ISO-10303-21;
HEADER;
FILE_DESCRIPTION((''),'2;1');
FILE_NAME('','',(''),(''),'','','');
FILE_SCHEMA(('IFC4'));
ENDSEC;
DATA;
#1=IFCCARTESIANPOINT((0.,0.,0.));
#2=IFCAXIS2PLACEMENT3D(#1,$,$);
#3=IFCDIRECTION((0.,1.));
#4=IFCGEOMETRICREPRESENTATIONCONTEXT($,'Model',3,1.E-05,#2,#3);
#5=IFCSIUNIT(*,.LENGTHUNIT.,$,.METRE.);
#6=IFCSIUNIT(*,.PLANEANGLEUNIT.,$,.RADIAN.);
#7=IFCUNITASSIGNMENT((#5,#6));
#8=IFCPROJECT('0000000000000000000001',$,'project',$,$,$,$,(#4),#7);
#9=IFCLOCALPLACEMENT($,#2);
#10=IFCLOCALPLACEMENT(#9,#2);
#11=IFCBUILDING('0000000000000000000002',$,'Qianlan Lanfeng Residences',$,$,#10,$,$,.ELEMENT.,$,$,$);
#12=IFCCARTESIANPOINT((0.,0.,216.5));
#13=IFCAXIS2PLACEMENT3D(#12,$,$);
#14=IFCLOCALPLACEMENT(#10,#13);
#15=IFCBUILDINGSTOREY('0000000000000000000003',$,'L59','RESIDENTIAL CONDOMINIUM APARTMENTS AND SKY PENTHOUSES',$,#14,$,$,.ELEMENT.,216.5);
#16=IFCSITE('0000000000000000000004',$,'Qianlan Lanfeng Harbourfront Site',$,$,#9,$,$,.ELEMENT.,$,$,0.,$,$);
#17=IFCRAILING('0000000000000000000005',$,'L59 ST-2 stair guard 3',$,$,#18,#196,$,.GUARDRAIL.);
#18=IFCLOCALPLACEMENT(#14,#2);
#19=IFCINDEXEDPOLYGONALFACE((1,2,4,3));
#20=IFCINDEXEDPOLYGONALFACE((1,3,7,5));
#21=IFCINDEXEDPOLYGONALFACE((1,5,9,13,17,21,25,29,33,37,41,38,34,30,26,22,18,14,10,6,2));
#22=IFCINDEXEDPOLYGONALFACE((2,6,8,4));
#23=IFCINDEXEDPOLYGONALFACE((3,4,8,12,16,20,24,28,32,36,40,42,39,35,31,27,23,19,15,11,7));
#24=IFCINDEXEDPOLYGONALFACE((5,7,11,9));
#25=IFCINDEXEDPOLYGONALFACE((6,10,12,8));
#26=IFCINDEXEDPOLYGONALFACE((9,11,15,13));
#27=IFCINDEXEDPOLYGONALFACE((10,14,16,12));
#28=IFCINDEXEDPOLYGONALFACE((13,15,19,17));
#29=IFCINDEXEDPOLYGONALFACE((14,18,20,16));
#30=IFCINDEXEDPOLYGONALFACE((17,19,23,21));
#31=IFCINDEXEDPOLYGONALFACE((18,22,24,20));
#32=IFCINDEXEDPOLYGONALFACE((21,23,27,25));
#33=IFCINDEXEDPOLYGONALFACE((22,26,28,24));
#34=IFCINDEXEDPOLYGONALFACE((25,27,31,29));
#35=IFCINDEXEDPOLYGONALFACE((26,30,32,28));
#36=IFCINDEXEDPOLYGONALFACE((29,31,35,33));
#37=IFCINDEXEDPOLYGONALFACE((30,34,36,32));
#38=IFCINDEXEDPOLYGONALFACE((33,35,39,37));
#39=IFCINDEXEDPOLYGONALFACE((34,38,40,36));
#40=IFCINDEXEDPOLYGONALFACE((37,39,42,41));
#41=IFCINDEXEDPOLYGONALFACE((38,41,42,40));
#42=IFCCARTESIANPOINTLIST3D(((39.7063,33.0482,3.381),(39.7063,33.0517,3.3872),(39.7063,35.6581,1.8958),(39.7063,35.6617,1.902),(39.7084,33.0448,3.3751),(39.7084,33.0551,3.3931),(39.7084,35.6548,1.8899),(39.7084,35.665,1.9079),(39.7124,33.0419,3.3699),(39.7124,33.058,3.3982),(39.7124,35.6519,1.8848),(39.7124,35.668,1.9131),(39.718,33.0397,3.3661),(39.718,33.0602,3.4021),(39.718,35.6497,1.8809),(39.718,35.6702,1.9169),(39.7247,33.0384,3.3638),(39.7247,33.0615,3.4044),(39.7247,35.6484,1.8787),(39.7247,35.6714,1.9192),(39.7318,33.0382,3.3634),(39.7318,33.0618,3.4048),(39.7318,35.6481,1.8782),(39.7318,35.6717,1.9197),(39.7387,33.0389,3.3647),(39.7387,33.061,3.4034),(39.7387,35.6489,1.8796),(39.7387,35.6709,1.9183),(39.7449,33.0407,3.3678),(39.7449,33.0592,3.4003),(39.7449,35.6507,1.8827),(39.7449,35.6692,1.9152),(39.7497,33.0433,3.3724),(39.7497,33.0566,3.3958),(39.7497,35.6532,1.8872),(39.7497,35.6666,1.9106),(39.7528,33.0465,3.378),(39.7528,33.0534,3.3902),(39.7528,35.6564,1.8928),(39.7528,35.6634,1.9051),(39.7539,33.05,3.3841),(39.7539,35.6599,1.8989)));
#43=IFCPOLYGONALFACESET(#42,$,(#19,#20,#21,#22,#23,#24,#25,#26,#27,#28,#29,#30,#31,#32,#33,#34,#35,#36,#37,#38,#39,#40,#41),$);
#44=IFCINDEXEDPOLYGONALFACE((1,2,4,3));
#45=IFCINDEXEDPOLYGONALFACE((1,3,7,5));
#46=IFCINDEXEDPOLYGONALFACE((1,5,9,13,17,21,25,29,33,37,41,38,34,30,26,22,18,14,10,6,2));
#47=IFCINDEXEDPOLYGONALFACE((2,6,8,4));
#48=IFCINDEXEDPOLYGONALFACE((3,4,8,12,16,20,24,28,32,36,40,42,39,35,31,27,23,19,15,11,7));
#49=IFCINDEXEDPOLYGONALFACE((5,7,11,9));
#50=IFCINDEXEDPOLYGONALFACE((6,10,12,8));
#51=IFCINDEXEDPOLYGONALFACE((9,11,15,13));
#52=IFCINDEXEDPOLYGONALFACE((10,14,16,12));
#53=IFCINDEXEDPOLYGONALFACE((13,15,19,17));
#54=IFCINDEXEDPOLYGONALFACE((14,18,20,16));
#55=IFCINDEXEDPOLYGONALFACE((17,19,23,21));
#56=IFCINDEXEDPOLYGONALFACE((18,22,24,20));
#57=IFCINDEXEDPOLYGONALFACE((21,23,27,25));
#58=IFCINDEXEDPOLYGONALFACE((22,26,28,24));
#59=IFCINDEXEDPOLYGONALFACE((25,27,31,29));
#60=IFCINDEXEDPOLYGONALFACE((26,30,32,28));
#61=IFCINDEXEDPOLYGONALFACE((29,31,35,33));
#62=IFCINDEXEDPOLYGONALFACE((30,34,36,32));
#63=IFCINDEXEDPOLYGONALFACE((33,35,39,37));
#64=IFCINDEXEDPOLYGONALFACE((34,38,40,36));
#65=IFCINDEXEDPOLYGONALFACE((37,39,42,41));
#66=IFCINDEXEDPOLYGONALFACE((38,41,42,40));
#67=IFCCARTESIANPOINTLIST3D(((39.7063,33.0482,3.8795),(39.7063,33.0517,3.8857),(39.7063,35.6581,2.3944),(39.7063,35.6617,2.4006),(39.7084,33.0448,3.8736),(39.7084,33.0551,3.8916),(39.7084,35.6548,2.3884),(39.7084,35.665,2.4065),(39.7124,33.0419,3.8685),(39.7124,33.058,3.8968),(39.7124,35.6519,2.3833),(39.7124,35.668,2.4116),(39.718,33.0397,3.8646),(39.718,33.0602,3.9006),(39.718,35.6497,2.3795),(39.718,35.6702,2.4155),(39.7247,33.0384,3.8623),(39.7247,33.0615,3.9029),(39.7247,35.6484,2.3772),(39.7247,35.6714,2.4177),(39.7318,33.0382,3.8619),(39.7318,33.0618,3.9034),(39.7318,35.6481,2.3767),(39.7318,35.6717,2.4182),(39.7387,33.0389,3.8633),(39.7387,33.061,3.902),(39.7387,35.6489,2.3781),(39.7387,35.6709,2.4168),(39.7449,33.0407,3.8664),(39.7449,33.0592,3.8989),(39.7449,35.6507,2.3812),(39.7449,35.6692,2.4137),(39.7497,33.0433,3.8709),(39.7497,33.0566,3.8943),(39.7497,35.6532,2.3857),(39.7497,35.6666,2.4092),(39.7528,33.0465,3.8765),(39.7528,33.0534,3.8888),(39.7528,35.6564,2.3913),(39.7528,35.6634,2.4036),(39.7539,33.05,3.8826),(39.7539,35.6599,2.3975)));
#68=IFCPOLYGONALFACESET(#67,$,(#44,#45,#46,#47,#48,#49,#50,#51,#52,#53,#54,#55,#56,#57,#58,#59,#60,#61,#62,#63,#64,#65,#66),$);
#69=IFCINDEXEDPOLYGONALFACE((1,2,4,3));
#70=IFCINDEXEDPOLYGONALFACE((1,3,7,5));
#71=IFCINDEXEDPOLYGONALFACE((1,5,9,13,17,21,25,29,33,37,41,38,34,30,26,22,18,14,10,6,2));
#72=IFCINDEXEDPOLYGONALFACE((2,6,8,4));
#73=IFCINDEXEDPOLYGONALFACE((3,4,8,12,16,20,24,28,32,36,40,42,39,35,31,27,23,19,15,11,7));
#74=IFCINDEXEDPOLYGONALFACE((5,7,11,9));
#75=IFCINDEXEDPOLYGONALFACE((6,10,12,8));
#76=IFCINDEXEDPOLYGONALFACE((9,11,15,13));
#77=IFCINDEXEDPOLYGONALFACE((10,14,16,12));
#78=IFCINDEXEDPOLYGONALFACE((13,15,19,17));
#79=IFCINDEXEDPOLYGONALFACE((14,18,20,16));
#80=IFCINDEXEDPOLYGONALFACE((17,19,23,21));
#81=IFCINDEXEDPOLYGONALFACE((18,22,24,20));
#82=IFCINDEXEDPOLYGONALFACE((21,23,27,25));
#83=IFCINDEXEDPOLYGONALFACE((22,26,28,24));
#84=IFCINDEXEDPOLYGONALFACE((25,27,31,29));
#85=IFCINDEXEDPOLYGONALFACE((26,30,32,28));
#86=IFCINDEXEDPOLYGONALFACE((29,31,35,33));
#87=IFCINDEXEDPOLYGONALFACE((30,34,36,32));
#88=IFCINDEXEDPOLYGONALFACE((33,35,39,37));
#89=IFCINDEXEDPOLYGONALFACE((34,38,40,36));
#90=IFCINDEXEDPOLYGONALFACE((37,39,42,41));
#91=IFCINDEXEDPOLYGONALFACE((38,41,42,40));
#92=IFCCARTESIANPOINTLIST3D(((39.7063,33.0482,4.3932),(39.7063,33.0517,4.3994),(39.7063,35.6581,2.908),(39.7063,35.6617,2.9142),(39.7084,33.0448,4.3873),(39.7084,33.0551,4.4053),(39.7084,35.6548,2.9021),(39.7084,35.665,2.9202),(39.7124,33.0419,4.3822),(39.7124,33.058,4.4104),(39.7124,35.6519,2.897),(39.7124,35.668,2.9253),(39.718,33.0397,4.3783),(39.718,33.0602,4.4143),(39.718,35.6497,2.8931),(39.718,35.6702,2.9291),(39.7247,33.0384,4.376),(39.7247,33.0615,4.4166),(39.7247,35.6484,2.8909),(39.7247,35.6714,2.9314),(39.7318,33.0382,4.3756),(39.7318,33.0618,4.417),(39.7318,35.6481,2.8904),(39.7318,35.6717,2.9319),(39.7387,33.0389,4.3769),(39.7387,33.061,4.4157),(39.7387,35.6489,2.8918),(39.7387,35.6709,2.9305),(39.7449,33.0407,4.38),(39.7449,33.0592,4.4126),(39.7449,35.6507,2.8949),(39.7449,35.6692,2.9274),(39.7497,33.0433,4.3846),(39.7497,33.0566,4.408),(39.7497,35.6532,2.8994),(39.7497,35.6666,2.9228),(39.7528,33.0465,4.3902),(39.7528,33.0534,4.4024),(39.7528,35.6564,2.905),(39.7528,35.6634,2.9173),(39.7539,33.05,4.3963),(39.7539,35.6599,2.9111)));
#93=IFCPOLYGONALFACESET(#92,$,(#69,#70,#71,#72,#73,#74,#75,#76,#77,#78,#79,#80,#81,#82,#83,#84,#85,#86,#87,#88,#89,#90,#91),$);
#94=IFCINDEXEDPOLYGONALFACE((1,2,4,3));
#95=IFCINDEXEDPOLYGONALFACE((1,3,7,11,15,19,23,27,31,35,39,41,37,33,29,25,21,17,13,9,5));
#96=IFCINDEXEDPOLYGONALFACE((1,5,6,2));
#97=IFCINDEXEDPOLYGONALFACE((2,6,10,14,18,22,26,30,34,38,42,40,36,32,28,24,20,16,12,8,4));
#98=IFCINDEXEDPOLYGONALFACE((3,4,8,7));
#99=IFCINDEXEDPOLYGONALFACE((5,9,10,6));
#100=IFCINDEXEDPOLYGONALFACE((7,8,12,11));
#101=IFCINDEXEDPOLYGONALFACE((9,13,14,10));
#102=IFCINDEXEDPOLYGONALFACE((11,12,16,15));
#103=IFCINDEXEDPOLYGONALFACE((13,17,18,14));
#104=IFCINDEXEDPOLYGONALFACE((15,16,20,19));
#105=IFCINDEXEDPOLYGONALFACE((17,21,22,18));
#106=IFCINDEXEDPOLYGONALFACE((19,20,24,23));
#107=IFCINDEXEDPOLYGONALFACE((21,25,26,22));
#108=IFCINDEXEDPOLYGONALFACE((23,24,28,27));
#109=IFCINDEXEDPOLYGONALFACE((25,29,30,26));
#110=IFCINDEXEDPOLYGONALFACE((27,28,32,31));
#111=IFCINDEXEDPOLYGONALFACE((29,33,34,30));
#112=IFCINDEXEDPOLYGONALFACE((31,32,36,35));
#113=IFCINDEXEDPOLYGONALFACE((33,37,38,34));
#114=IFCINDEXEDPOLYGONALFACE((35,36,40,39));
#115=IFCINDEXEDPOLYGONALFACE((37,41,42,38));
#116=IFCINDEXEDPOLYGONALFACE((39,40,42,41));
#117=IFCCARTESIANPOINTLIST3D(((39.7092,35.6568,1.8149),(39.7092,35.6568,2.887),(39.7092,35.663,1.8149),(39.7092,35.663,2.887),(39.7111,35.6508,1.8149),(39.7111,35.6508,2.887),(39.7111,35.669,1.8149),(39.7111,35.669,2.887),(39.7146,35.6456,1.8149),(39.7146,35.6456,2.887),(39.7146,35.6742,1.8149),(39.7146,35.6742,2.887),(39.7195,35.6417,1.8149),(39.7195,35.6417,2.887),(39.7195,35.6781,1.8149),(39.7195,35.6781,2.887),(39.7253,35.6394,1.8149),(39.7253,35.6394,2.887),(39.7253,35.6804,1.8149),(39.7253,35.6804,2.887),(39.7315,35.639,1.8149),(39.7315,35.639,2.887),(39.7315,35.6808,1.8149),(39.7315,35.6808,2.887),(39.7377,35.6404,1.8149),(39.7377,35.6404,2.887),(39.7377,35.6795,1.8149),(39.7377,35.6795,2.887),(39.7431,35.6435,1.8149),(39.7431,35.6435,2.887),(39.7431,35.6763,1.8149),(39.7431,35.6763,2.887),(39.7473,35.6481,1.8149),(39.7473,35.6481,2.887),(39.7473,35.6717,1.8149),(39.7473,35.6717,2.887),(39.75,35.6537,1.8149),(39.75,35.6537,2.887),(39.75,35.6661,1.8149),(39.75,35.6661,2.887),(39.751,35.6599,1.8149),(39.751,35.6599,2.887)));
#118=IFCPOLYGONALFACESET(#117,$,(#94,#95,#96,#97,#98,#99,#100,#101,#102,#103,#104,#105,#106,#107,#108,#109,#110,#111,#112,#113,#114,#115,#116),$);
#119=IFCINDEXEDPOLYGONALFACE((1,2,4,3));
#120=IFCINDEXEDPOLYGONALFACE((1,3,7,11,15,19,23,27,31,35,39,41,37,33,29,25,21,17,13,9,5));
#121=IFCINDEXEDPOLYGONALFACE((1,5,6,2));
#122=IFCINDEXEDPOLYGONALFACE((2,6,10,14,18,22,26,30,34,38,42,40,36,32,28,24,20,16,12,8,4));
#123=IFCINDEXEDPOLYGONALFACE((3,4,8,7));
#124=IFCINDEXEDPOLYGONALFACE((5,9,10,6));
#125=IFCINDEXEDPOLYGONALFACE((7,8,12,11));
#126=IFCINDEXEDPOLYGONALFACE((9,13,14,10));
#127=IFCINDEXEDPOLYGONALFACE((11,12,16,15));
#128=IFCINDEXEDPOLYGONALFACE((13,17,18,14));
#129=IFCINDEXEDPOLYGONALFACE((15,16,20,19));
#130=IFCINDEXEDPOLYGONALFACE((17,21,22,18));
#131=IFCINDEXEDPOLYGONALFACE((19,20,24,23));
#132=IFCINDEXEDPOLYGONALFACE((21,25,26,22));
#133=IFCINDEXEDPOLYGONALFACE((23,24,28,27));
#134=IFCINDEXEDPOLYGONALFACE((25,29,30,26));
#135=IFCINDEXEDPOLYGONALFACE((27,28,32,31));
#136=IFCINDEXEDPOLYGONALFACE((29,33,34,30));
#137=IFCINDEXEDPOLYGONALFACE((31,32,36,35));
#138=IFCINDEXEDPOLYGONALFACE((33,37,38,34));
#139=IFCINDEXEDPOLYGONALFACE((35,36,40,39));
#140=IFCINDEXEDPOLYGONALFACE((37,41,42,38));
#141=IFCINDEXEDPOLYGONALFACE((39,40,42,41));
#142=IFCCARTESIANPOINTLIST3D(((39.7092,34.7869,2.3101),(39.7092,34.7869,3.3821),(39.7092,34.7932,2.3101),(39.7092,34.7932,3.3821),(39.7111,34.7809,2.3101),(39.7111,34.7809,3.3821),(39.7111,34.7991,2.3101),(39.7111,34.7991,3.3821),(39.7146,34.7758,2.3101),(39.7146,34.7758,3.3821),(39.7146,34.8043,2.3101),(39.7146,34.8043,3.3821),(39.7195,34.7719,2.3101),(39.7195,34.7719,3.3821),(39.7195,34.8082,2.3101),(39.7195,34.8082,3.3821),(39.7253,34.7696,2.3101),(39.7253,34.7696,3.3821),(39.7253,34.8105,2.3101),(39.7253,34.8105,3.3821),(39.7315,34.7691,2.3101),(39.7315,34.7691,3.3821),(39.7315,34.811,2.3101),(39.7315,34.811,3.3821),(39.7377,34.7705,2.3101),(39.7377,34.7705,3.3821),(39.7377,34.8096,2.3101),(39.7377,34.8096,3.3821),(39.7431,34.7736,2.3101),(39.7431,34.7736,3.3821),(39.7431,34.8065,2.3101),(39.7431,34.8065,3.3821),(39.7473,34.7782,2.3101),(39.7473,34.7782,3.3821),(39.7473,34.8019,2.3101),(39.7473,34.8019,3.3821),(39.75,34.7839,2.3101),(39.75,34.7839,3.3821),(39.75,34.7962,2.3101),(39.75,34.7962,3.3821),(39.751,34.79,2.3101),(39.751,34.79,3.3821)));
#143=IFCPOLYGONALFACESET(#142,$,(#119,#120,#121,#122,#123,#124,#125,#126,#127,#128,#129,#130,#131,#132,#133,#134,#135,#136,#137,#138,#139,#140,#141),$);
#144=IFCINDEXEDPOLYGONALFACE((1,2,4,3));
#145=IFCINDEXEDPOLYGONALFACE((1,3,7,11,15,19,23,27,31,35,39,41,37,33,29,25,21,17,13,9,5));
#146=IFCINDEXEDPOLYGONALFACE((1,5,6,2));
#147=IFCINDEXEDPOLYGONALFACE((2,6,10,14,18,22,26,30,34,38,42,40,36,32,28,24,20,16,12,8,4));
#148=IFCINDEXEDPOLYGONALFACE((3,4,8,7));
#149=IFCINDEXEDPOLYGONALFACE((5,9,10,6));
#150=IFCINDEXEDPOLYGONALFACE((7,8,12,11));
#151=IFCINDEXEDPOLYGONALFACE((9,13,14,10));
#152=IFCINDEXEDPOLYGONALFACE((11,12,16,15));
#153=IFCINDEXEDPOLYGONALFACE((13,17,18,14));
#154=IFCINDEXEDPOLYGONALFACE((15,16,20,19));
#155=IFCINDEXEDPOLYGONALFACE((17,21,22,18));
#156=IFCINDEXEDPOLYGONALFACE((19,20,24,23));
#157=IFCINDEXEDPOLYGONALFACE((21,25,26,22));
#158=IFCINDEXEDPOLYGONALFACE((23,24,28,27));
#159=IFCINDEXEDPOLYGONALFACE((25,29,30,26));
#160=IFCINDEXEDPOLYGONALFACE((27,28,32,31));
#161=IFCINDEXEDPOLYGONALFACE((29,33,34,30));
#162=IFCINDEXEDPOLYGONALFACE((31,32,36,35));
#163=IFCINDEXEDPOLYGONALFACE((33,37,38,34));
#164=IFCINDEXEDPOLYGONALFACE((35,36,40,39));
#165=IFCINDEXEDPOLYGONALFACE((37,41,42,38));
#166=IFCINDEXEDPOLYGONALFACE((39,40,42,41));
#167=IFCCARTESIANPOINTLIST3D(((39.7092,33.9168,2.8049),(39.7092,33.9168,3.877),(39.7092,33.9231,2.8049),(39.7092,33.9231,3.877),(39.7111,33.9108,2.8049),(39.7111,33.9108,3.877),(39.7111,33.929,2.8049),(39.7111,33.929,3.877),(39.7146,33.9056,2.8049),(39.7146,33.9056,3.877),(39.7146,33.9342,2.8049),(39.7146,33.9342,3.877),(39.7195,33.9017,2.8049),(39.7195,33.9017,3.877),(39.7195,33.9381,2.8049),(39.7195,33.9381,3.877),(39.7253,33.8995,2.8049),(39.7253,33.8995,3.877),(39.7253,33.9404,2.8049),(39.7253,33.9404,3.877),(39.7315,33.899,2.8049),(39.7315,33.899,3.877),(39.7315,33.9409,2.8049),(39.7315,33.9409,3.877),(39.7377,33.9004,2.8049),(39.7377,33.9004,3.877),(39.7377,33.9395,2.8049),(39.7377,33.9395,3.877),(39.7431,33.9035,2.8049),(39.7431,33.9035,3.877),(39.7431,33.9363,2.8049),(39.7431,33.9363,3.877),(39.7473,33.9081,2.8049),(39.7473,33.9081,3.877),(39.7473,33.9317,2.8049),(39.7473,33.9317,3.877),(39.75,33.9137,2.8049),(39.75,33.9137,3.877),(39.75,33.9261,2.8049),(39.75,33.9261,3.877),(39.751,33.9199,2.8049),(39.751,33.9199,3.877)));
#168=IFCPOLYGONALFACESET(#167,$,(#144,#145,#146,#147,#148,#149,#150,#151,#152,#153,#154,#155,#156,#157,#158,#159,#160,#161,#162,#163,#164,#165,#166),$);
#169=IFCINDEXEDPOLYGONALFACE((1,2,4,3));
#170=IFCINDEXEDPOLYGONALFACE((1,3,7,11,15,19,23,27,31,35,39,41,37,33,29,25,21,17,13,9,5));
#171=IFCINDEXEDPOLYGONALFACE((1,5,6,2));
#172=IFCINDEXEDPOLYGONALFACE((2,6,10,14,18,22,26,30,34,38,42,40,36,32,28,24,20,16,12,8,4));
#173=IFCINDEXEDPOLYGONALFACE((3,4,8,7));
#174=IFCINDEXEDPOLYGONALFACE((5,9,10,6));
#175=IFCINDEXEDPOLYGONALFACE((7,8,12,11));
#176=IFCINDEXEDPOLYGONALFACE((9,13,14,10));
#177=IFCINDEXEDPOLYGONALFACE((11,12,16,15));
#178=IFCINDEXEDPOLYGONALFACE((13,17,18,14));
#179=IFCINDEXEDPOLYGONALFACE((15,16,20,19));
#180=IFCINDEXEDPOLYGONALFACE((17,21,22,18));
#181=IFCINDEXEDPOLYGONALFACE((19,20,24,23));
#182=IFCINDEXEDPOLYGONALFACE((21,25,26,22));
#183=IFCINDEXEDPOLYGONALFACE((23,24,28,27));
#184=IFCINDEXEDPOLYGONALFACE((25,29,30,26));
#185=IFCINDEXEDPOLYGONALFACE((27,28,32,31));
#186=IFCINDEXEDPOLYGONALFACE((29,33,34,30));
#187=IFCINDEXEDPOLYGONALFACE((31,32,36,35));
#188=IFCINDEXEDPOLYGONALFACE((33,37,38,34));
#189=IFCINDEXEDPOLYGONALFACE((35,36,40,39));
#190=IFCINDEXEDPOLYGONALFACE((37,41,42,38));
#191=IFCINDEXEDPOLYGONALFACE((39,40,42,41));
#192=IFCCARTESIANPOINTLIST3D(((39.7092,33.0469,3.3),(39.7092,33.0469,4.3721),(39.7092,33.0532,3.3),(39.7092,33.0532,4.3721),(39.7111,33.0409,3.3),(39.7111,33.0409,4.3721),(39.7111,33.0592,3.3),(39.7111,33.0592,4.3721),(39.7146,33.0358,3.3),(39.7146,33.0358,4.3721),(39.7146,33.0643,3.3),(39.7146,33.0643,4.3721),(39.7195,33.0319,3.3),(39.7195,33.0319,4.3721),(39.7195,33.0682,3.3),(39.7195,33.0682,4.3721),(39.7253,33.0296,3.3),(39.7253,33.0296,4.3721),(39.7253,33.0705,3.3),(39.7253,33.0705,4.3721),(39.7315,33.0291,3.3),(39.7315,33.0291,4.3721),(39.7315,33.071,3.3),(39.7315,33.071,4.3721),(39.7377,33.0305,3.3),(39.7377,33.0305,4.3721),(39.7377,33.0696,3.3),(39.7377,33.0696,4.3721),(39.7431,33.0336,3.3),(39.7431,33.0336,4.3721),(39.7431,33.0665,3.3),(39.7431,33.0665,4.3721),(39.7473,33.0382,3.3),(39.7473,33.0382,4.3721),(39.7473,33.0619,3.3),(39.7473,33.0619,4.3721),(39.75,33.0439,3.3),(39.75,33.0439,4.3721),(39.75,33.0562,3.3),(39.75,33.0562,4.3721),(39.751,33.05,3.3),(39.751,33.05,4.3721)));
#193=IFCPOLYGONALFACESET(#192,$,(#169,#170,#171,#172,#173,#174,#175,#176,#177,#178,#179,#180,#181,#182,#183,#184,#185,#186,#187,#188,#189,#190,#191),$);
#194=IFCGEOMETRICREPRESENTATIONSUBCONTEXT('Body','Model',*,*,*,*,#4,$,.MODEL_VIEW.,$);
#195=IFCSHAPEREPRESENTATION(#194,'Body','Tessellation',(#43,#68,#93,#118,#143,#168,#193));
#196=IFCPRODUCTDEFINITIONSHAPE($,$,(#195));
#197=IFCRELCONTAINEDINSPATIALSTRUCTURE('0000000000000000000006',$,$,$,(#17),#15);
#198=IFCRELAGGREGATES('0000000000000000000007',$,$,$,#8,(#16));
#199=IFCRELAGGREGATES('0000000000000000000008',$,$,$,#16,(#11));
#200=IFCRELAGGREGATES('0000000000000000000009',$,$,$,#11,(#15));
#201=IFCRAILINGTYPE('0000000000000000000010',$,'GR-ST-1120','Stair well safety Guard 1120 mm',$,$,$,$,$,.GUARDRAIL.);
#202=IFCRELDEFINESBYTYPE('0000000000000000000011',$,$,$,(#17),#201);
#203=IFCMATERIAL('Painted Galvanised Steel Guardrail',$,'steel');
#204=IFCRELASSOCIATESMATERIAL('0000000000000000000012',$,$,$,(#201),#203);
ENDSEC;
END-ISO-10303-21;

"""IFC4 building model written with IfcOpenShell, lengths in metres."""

from ifc_helpers import new_model, si_unit, direction, frame, origin, origin_2d, place, context, subcontext, project, spatial, circle, extrude, material, type_object, element, save


model = new_model("IFC4")

# Units and contexts
model_context = context("Model", 3, precision=1e-05, world=origin(), true_north=direction((0.0, 1.0)))
body_context = subcontext(model_context, "Body", "Model", "MODEL_VIEW")
ifc_project = project(units=[si_unit("LENGTHUNIT", "METRE"), si_unit("PLANEANGLEUNIT", "RADIAN")], contexts=[model_context])

# Site, building, storey
site_placement = place(None, origin())
site = spatial("IfcSite", under=ifc_project, at=site_placement, Name="Qianlan Lanfeng Harbourfront Site", CompositionType="ELEMENT", RefElevation=0.0)
building_placement = place(site_placement, origin())
building = spatial("IfcBuilding", under=site, at=building_placement, Name="Qianlan Lanfeng Residences", CompositionType="ELEMENT")
storey_placement = place(building_placement, frame((0.0, 0.0, 216.5)))
storey = spatial("IfcBuildingStorey", under=building, at=storey_placement, Name="L59", Description="RESIDENTIAL CONDOMINIUM APARTMENTS AND SKY PENTHOUSES", CompositionType="ELEMENT", Elevation=216.5)

# Railing
ifc_material_1 = material(Name="Painted Galvanised Steel Guardrail", Category="steel")
railing_type_1 = type_object("IfcRailingType", Name="GR-ST-1120", Description="Stair well safety Guard 1120 mm", PredefinedType="GUARDRAIL", material=ifc_material_1)
railing_1_placement = place(storey_placement, frame((39.73, 35.6599, 1.8149)))
element("IfcRailing", 1, at=railing_1_placement, inside=storey, type_object=railing_type_1, Name="L59 ST-2 stair guard 3", PredefinedType="GUARDRAIL", context=body_context, shape_type="SweptSolid", body=[
    extrude(circle(Radius=0.0239, at=origin_2d()), frame((0.0, 0.0, 0.084), z_axis=(0.0, -0.869137, 0.494571), x_axis=(1.0, 0.0, 0.0)), (0.0, 0.0, 1.0), 3.0029),
    extrude(circle(Radius=0.0239, at=origin_2d()), frame((0.0, 0.0, 0.5825), z_axis=(0.0, -0.869137, 0.494571), x_axis=(1.0, 0.0, 0.0)), (0.0, 0.0, 1.0), 3.0029),
    extrude(circle(Radius=0.0239, at=origin_2d()), frame((0.0, 0.0, 1.0962), z_axis=(0.0, -0.869137, 0.494571), x_axis=(1.0, 0.0, 0.0)), (0.0, 0.0, 1.0), 3.0029),
    extrude(circle(Radius=0.021, at=origin_2d()), origin(), (0.0, 0.0, 1.0), 1.072),
    extrude(circle(Radius=0.021, at=origin_2d()), frame((0.0, -0.8699, 0.4951)), (0.0, 0.0, 1.0), 1.072),
    extrude(circle(Radius=0.021, at=origin_2d()), frame((0.0, -1.74, 0.99)), (0.0, 0.0, 1.0), 1.072),
    extrude(circle(Radius=0.021, at=origin_2d()), frame((0.0, -2.6099, 1.4851)), (0.0, 0.0, 1.0), 1.072),
])

save(model, "model.ifc")
